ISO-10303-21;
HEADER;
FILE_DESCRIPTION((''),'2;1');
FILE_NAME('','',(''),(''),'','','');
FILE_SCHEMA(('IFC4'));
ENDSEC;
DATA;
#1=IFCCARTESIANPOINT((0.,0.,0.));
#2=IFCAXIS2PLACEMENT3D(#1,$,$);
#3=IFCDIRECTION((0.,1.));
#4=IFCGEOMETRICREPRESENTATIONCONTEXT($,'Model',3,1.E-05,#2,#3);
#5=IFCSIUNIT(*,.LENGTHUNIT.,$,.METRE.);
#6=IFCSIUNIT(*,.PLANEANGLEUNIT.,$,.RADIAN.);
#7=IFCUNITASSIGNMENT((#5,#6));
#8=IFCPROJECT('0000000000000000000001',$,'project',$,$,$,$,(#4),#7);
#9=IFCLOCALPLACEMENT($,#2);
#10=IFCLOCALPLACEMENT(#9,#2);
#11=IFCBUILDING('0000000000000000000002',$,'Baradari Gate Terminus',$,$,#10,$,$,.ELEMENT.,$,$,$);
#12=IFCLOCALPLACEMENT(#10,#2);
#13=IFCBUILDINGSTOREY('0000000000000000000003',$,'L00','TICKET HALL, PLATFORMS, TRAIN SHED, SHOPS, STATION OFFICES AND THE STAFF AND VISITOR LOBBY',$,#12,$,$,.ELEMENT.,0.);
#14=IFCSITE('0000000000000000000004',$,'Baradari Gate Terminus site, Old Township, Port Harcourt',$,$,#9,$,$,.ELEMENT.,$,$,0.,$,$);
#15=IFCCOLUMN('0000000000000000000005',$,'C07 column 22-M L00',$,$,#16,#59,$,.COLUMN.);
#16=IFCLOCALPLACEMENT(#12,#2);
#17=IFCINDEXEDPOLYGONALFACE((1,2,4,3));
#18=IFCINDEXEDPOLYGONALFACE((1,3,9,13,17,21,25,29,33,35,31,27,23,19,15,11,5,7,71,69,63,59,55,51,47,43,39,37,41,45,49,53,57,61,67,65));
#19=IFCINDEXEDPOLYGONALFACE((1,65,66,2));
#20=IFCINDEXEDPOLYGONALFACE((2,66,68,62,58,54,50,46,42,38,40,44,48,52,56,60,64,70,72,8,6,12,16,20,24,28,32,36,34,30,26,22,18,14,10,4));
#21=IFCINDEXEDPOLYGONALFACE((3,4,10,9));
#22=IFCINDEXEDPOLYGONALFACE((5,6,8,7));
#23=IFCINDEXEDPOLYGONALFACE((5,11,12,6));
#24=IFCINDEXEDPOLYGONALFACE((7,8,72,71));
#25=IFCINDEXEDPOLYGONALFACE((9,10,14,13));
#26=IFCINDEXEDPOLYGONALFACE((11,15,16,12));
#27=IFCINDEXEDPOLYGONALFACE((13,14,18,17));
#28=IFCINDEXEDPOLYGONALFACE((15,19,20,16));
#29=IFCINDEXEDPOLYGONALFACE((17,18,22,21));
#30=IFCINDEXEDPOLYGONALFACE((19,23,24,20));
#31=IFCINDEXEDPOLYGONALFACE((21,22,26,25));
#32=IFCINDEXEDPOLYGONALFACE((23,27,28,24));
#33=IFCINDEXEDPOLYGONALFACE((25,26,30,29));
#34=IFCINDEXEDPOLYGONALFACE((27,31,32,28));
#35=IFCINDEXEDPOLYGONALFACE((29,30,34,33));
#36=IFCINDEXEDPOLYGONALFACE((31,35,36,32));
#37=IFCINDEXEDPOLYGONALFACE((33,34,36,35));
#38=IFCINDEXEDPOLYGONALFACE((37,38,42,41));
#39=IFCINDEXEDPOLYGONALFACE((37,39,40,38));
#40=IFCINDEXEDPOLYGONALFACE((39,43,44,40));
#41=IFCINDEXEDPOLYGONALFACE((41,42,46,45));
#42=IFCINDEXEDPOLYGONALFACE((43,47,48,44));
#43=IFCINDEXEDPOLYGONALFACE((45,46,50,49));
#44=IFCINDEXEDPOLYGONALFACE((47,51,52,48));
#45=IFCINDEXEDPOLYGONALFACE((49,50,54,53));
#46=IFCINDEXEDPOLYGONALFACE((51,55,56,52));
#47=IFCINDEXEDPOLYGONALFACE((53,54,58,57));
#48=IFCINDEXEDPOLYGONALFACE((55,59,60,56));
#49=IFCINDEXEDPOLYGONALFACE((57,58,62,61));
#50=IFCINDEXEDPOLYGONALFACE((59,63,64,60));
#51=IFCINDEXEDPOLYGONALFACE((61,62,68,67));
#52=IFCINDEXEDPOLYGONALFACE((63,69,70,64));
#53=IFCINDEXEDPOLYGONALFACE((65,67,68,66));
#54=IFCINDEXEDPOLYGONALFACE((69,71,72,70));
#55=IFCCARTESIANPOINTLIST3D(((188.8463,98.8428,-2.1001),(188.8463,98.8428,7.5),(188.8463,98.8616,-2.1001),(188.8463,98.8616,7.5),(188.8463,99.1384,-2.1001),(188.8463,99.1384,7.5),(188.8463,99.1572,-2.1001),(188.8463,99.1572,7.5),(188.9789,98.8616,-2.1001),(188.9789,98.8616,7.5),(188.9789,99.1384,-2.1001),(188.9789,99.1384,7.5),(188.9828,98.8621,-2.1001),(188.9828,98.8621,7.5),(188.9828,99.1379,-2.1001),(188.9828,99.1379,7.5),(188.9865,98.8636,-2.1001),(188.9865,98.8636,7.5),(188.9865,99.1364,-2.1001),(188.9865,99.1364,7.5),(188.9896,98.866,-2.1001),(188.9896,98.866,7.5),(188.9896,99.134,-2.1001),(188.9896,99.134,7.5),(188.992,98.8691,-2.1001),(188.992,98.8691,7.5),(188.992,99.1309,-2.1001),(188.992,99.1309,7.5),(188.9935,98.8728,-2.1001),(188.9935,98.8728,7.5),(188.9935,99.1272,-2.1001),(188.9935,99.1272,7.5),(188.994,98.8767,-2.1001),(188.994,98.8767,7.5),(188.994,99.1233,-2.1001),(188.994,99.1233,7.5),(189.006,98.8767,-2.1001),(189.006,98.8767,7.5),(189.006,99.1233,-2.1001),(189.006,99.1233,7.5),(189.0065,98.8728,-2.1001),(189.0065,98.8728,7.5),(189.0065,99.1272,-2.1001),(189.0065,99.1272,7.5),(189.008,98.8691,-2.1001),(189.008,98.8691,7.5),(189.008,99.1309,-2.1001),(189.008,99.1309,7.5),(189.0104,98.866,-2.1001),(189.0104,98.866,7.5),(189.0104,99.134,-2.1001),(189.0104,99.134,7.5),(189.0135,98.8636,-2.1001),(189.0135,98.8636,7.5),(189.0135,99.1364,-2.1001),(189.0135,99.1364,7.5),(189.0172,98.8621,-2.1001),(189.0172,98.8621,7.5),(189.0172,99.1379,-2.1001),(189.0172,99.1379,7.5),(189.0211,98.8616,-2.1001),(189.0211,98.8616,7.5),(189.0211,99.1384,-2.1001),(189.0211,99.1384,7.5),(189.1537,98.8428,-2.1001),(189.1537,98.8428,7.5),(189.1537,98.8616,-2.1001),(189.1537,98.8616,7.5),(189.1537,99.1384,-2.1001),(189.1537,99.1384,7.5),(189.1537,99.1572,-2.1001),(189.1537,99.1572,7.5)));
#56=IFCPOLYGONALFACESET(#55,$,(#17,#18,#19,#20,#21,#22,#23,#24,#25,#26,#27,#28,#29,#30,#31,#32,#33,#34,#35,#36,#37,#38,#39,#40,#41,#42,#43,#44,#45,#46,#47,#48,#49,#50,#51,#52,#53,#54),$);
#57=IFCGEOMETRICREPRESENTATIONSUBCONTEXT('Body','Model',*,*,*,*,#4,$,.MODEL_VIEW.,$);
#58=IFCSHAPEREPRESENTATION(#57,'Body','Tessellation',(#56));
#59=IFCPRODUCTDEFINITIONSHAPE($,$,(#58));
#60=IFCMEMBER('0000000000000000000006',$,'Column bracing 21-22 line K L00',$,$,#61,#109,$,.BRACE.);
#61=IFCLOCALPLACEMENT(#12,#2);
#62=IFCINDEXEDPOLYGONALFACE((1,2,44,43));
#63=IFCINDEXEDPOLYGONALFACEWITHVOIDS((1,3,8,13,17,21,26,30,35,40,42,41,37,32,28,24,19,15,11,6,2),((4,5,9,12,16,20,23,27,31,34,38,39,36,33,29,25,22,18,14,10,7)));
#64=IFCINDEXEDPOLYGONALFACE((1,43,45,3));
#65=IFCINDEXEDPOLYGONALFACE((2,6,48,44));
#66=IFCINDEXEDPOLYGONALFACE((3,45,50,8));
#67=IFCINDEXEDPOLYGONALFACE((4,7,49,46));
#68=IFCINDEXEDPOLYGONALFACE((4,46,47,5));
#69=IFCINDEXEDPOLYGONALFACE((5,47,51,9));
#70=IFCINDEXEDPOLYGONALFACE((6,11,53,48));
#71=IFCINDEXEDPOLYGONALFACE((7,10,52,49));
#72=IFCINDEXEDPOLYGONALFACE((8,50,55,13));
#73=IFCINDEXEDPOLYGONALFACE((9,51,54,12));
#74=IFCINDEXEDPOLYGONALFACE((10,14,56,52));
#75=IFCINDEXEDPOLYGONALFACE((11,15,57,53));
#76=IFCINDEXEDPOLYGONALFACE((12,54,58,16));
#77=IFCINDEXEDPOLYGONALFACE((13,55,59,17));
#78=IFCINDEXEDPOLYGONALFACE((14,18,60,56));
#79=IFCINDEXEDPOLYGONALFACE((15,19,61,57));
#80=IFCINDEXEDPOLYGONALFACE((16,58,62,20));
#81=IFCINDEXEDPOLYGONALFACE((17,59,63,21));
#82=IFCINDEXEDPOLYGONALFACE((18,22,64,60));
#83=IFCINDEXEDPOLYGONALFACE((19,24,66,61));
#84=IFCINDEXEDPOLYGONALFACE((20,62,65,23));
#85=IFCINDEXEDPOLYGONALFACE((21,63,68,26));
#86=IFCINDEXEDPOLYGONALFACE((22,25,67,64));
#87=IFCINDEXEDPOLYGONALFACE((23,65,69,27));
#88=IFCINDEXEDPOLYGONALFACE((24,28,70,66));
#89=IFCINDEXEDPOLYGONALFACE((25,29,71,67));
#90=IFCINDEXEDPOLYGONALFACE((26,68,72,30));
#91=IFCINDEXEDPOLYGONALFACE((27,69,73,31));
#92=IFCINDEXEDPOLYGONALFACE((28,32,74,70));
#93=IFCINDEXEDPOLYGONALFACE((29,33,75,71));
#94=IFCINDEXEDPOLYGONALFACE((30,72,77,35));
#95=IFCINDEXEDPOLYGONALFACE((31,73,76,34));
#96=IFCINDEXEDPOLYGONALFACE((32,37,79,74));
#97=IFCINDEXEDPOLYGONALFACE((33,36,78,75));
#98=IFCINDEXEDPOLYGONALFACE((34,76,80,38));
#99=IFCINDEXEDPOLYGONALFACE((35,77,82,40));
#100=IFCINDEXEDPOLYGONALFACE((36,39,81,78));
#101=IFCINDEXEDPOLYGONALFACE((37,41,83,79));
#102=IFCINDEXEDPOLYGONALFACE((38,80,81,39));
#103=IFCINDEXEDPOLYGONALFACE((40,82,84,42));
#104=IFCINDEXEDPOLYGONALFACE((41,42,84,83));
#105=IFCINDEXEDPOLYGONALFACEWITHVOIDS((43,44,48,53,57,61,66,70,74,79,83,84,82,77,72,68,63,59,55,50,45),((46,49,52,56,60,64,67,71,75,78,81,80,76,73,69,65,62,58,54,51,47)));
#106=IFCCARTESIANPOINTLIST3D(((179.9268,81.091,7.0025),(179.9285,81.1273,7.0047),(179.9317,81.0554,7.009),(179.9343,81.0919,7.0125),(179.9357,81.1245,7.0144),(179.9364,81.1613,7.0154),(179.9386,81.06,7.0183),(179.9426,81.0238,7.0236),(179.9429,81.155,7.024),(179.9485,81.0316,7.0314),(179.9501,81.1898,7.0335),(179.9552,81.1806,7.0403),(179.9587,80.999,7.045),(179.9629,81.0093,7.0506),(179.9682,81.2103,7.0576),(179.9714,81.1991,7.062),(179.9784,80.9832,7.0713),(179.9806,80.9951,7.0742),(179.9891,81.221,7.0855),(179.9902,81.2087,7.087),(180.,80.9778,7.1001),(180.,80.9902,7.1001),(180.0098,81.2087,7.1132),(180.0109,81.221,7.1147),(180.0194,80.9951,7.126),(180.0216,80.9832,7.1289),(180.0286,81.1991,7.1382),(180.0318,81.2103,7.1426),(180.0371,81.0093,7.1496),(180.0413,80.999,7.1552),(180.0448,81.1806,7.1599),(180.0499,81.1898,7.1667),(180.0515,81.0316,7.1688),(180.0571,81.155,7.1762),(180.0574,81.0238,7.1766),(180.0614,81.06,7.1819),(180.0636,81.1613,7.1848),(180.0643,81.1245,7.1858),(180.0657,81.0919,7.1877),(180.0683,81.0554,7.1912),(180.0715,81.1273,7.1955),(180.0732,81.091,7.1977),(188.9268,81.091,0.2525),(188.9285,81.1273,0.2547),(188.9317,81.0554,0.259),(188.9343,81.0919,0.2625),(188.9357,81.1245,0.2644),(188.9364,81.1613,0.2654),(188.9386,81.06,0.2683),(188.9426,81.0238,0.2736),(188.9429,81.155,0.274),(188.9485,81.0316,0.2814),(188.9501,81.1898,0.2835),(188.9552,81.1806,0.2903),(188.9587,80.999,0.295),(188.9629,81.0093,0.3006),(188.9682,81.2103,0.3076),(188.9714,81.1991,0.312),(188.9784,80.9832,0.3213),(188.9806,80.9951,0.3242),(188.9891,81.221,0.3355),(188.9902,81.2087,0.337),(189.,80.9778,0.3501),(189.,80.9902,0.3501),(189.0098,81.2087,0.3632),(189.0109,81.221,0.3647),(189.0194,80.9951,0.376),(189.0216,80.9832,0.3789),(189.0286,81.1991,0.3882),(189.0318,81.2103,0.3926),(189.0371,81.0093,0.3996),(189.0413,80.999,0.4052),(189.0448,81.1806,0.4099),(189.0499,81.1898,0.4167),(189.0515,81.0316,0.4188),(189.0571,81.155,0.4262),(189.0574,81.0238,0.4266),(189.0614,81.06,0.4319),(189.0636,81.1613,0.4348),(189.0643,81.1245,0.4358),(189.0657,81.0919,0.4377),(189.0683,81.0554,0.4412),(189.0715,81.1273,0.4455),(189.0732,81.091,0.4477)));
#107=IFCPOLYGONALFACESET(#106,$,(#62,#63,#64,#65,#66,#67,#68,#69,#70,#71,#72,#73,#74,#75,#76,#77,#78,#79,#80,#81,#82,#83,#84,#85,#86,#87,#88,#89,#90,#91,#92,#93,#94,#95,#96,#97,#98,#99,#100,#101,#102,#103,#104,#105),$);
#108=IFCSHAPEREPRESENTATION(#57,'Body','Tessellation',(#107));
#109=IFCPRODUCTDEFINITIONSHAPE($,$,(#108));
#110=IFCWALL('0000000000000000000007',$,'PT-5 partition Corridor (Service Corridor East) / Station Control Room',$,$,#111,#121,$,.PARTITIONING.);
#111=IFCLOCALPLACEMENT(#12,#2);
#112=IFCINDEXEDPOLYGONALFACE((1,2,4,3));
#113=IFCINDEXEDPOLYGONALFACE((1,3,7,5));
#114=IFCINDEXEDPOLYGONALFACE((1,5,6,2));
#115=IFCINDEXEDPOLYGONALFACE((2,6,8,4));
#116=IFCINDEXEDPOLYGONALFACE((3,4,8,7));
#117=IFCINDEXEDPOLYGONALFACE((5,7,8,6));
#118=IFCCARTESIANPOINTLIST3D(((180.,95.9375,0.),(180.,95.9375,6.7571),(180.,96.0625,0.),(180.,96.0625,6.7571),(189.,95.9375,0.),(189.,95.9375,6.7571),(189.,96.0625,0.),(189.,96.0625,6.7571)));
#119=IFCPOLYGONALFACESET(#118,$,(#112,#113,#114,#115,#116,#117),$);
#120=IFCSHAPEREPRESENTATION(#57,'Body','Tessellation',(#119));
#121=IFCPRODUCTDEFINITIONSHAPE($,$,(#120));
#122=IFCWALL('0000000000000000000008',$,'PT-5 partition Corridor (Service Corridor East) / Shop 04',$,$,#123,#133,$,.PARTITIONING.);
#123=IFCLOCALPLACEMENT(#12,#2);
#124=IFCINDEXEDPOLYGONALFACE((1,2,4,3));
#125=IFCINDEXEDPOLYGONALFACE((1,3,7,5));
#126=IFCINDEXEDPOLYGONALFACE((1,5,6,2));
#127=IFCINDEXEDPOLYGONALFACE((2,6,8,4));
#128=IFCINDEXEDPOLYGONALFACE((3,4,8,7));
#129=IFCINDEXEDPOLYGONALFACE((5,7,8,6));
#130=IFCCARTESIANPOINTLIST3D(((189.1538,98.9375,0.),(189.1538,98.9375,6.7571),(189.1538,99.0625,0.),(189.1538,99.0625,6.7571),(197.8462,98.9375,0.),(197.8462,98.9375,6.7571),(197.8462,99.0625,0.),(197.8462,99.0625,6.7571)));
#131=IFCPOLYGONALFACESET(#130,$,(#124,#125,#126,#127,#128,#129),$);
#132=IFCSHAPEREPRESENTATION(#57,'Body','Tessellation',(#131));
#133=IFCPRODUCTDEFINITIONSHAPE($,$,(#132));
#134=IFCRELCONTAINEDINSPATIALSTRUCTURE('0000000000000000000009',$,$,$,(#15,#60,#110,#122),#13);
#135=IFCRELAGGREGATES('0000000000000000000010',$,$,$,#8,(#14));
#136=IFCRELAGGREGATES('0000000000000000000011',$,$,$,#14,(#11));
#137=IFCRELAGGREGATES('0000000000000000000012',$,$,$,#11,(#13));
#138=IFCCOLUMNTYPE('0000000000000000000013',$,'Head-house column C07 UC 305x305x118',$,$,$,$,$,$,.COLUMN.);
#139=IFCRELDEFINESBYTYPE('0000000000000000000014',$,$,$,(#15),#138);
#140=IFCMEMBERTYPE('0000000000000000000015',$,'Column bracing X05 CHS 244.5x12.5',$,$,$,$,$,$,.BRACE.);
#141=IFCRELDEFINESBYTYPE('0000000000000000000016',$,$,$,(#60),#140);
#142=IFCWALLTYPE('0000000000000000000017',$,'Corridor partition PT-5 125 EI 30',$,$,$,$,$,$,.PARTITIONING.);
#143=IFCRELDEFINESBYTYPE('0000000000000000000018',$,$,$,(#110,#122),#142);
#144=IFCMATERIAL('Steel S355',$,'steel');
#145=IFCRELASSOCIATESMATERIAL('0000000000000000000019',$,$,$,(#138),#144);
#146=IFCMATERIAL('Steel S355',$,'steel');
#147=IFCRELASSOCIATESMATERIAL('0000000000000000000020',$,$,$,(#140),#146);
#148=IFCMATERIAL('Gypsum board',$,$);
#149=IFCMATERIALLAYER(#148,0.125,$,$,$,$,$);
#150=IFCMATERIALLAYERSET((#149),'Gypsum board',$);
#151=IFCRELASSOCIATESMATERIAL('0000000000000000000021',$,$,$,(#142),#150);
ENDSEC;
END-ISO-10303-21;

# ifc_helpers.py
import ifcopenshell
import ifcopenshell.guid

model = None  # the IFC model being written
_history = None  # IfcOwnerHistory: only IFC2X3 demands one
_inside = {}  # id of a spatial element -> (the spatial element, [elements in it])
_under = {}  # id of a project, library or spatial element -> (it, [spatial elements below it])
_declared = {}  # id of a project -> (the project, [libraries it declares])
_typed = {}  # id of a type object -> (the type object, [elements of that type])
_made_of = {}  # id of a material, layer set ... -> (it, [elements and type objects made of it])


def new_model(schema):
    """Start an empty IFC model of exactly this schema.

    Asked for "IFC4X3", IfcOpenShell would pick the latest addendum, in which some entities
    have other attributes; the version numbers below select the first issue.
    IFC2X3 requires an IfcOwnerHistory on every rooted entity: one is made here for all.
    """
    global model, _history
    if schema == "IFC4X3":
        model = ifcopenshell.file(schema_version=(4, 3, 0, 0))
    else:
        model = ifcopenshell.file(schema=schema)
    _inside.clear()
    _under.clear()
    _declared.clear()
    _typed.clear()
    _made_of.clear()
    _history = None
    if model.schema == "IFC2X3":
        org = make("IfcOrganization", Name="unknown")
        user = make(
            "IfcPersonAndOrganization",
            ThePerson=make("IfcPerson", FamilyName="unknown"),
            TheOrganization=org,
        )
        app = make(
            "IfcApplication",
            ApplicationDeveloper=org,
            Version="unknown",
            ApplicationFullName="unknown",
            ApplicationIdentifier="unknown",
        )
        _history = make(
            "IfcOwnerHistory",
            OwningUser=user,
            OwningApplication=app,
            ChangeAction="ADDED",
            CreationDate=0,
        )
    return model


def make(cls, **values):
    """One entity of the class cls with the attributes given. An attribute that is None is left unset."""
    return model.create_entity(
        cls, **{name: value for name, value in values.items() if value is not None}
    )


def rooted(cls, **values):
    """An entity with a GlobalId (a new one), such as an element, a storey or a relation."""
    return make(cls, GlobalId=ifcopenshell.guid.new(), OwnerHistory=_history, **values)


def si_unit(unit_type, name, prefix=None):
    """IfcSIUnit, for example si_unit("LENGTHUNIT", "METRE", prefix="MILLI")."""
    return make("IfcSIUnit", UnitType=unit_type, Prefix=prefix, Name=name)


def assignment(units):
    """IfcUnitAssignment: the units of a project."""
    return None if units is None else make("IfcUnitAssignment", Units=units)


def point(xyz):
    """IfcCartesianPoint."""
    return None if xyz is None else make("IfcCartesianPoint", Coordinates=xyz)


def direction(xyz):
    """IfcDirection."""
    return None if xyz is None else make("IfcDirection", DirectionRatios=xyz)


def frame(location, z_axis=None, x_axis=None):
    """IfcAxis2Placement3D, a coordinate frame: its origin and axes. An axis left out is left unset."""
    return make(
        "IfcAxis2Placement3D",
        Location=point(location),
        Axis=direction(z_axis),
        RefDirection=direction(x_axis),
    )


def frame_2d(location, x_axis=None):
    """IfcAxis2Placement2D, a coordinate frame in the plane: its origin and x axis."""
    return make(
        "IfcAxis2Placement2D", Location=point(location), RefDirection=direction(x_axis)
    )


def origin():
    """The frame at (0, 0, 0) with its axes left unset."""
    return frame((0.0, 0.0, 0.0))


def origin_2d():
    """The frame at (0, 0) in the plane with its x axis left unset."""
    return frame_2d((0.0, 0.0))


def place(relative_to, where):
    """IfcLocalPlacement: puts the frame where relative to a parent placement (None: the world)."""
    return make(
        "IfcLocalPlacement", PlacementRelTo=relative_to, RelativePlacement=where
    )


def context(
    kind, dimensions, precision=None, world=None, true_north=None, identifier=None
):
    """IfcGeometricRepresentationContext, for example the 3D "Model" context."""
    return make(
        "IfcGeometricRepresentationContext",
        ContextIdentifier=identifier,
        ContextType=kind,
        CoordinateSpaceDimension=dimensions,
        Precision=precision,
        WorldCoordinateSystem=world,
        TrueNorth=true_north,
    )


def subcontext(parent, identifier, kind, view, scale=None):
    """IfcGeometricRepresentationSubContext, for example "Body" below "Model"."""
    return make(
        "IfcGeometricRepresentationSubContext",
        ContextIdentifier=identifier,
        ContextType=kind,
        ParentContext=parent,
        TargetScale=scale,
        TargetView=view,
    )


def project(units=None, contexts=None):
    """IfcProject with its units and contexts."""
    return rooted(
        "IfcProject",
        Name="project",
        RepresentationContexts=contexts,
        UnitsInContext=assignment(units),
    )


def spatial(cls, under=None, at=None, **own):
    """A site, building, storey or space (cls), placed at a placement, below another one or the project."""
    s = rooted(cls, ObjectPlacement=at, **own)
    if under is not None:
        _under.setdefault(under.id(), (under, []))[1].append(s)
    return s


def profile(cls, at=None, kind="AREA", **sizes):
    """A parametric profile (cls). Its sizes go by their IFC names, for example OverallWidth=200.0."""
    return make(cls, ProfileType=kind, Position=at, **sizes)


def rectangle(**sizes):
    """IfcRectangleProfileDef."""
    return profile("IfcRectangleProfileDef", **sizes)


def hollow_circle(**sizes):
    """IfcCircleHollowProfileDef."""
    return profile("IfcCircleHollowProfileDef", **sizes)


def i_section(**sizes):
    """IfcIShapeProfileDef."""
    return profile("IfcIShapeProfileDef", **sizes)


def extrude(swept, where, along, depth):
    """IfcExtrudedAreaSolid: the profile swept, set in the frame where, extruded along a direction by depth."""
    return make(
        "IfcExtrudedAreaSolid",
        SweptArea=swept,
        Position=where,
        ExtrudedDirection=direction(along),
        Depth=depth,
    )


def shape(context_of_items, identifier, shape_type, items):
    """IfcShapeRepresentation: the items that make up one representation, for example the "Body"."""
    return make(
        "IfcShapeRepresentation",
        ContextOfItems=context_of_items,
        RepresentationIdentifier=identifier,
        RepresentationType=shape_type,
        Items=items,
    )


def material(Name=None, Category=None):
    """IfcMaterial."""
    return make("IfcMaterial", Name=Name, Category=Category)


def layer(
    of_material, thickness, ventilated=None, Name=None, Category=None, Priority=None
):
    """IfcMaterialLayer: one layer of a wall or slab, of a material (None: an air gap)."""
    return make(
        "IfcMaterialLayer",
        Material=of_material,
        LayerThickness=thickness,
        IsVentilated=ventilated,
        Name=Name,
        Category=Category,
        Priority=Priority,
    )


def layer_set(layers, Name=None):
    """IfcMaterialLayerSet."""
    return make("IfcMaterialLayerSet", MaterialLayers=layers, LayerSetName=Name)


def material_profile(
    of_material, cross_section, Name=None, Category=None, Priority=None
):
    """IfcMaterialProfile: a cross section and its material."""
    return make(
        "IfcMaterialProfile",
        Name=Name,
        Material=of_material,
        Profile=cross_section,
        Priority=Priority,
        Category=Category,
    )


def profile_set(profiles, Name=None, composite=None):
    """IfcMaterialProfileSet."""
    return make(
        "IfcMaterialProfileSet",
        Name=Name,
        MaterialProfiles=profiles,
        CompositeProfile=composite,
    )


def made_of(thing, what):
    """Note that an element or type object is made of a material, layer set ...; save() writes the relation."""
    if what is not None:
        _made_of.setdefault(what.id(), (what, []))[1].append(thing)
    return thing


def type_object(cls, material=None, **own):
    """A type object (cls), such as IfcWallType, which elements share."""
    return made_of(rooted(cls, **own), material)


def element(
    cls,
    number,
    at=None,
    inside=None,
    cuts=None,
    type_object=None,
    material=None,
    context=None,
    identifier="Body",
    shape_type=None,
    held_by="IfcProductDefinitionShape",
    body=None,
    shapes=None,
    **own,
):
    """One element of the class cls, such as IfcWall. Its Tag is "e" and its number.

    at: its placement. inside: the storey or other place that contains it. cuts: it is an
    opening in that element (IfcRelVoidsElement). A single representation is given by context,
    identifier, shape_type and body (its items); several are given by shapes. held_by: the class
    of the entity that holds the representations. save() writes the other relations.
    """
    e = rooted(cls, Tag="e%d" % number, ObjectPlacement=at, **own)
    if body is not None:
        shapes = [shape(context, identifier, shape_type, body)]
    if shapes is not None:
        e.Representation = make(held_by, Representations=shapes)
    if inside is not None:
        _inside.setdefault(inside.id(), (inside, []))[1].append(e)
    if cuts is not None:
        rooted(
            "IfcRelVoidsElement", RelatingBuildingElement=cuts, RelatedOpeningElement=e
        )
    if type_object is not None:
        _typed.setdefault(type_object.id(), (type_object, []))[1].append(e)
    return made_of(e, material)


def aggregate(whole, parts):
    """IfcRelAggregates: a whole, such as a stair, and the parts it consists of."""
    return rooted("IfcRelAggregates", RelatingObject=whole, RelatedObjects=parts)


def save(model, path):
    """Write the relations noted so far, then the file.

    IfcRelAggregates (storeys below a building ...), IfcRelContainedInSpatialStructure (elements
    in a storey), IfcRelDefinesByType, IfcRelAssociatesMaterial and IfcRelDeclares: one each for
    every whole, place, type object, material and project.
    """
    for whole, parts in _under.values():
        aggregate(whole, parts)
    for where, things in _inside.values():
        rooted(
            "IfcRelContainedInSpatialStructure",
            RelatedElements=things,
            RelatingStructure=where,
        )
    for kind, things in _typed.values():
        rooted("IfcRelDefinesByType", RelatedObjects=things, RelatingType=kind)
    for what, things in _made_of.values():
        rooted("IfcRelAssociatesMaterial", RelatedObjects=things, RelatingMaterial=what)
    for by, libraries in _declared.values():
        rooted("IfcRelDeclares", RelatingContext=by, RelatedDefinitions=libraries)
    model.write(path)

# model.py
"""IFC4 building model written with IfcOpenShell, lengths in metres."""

from ifc_helpers import new_model, si_unit, direction, frame, frame_2d, origin, origin_2d, place, context, subcontext, project, spatial, rectangle, hollow_circle, i_section, extrude, material, layer, layer_set, material_profile, profile_set, type_object, element, save


model = new_model("IFC4")

# Units and contexts
model_context = context("Model", 3, precision=1e-05, world=origin(), true_north=direction((0.0, 1.0)))
body_context = subcontext(model_context, "Body", "Model", "MODEL_VIEW")
ifc_project = project(units=[si_unit("LENGTHUNIT", "METRE"), si_unit("PLANEANGLEUNIT", "RADIAN")], contexts=[model_context])

# Site, building, storey
site_placement = place(None, origin())
site = spatial("IfcSite", under=ifc_project, at=site_placement, Name="Baradari Gate Terminus site, Old Township, Port Harcourt", CompositionType="ELEMENT", RefElevation=0.0)
building_placement = place(site_placement, origin())
building = spatial("IfcBuilding", under=site, at=building_placement, Name="Baradari Gate Terminus", CompositionType="ELEMENT")
storey_placement = place(building_placement, origin())
storey = spatial("IfcBuildingStorey", under=building, at=storey_placement, Name="L00", Description="TICKET HALL, PLATFORMS, TRAIN SHED, SHOPS, STATION OFFICES AND THE STAFF AND VISITOR LOBBY", CompositionType="ELEMENT", Elevation=0.0)

# Column
ifc_material_1 = material(Name="Steel S355", Category="steel")
ifc_material_profile_1 = material_profile(ifc_material_1, i_section(OverallWidth=0.3074, OverallDepth=0.3145, WebThickness=0.012, FlangeThickness=0.0188, FilletRadius=0.0151, at=origin_2d()), Name="UC 305x305x118")
ifc_profile_set_1 = profile_set([ifc_material_profile_1], Name="Steel S355")
column_type = type_object("IfcColumnType", Name="Head-house column C07 UC 305x305x118", PredefinedType="COLUMN", material=ifc_profile_set_1)
for number, where, z_axis, x_axis, name in (
    (1, (189.0, 99.0, -2.1001), (0.0, 0.0, 1.0), (1.0, 0.0, 0.0), "C07 column 22-M L00"),
):
    element("IfcColumn", number, at=place(storey_placement, frame(where, z_axis=z_axis, x_axis=x_axis)), inside=storey, type_object=column_type, Name=name, PredefinedType="COLUMN", context=body_context, shape_type="SweptSolid", body=[
        extrude(i_section(OverallWidth=0.3074, OverallDepth=0.3145, WebThickness=0.012, FlangeThickness=0.0188, FilletRadius=0.0151, at=origin_2d()), origin(), (0.0, 0.0, 1.0), 9.6001),
    ])

# Member
ifc_material_2 = material(Name="Steel S355", Category="steel")
ifc_material_profile_2 = material_profile(ifc_material_2, hollow_circle(Radius=0.1223, WallThickness=0.0125, at=origin_2d()), Name="CHS 244.5x12.5")
ifc_profile_set_2 = profile_set([ifc_material_profile_2], Name="Steel S355")
member_type = type_object("IfcMemberType", Name="Column bracing X05 CHS 244.5x12.5", PredefinedType="BRACE", material=ifc_profile_set_2)
member_placement = place(storey_placement, frame((189.0, 81.1001, 0.3501), z_axis=(-0.8, 0.0, 0.6), x_axis=(0.0, -1.0, 0.0)))
element("IfcMember", 2, at=member_placement, inside=storey, type_object=member_type, Name="Column bracing 21-22 line K L00", PredefinedType="BRACE", context=body_context, shape_type="SweptSolid", body=[
    extrude(hollow_circle(Radius=0.1223, WallThickness=0.0125, at=origin_2d()), origin(), (0.0, 0.0, 1.0), 11.25),
])

# Walls
ifc_material_3 = material(Name="Gypsum board")
ifc_layer_1 = layer(ifc_material_3, 0.125)
ifc_layer_set_1 = layer_set([ifc_layer_1], Name="Gypsum board")
wall_type_1 = type_object("IfcWallType", Name="Corridor partition PT-5 125 EI 30", PredefinedType="PARTITIONING", material=ifc_layer_set_1)
wall_1_placement = place(storey_placement, frame((189.0, 96.0, 0.0), z_axis=(0.0, 0.0, 1.0), x_axis=(-1.0, 0.0, 0.0)))
element("IfcWall", 3, at=wall_1_placement, inside=storey, type_object=wall_type_1, Name="PT-5 partition Corridor (Service Corridor East) / Station Control Room", PredefinedType="PARTITIONING", context=body_context, shape_type="SweptSolid", body=[
    extrude(rectangle(XDim=9.0, YDim=0.125, at=frame_2d((4.5, 0.0))), origin(), (0.0, 0.0, 1.0), 6.7571),
])
wall_2_placement = place(storey_placement, frame((189.1538, 99.0, 0.0), z_axis=(0.0, 0.0, 1.0), x_axis=(1.0, 0.0, 0.0)))
element("IfcWall", 4, at=wall_2_placement, inside=storey, type_object=wall_type_1, Name="PT-5 partition Corridor (Service Corridor East) / Shop 04", PredefinedType="PARTITIONING", context=body_context, shape_type="SweptSolid", body=[
    extrude(rectangle(XDim=8.6924, YDim=0.125, at=frame_2d((4.3462, 0.0))), origin(), (0.0, 0.0, 1.0), 6.7571),
])

save(model, "model.ifc")
